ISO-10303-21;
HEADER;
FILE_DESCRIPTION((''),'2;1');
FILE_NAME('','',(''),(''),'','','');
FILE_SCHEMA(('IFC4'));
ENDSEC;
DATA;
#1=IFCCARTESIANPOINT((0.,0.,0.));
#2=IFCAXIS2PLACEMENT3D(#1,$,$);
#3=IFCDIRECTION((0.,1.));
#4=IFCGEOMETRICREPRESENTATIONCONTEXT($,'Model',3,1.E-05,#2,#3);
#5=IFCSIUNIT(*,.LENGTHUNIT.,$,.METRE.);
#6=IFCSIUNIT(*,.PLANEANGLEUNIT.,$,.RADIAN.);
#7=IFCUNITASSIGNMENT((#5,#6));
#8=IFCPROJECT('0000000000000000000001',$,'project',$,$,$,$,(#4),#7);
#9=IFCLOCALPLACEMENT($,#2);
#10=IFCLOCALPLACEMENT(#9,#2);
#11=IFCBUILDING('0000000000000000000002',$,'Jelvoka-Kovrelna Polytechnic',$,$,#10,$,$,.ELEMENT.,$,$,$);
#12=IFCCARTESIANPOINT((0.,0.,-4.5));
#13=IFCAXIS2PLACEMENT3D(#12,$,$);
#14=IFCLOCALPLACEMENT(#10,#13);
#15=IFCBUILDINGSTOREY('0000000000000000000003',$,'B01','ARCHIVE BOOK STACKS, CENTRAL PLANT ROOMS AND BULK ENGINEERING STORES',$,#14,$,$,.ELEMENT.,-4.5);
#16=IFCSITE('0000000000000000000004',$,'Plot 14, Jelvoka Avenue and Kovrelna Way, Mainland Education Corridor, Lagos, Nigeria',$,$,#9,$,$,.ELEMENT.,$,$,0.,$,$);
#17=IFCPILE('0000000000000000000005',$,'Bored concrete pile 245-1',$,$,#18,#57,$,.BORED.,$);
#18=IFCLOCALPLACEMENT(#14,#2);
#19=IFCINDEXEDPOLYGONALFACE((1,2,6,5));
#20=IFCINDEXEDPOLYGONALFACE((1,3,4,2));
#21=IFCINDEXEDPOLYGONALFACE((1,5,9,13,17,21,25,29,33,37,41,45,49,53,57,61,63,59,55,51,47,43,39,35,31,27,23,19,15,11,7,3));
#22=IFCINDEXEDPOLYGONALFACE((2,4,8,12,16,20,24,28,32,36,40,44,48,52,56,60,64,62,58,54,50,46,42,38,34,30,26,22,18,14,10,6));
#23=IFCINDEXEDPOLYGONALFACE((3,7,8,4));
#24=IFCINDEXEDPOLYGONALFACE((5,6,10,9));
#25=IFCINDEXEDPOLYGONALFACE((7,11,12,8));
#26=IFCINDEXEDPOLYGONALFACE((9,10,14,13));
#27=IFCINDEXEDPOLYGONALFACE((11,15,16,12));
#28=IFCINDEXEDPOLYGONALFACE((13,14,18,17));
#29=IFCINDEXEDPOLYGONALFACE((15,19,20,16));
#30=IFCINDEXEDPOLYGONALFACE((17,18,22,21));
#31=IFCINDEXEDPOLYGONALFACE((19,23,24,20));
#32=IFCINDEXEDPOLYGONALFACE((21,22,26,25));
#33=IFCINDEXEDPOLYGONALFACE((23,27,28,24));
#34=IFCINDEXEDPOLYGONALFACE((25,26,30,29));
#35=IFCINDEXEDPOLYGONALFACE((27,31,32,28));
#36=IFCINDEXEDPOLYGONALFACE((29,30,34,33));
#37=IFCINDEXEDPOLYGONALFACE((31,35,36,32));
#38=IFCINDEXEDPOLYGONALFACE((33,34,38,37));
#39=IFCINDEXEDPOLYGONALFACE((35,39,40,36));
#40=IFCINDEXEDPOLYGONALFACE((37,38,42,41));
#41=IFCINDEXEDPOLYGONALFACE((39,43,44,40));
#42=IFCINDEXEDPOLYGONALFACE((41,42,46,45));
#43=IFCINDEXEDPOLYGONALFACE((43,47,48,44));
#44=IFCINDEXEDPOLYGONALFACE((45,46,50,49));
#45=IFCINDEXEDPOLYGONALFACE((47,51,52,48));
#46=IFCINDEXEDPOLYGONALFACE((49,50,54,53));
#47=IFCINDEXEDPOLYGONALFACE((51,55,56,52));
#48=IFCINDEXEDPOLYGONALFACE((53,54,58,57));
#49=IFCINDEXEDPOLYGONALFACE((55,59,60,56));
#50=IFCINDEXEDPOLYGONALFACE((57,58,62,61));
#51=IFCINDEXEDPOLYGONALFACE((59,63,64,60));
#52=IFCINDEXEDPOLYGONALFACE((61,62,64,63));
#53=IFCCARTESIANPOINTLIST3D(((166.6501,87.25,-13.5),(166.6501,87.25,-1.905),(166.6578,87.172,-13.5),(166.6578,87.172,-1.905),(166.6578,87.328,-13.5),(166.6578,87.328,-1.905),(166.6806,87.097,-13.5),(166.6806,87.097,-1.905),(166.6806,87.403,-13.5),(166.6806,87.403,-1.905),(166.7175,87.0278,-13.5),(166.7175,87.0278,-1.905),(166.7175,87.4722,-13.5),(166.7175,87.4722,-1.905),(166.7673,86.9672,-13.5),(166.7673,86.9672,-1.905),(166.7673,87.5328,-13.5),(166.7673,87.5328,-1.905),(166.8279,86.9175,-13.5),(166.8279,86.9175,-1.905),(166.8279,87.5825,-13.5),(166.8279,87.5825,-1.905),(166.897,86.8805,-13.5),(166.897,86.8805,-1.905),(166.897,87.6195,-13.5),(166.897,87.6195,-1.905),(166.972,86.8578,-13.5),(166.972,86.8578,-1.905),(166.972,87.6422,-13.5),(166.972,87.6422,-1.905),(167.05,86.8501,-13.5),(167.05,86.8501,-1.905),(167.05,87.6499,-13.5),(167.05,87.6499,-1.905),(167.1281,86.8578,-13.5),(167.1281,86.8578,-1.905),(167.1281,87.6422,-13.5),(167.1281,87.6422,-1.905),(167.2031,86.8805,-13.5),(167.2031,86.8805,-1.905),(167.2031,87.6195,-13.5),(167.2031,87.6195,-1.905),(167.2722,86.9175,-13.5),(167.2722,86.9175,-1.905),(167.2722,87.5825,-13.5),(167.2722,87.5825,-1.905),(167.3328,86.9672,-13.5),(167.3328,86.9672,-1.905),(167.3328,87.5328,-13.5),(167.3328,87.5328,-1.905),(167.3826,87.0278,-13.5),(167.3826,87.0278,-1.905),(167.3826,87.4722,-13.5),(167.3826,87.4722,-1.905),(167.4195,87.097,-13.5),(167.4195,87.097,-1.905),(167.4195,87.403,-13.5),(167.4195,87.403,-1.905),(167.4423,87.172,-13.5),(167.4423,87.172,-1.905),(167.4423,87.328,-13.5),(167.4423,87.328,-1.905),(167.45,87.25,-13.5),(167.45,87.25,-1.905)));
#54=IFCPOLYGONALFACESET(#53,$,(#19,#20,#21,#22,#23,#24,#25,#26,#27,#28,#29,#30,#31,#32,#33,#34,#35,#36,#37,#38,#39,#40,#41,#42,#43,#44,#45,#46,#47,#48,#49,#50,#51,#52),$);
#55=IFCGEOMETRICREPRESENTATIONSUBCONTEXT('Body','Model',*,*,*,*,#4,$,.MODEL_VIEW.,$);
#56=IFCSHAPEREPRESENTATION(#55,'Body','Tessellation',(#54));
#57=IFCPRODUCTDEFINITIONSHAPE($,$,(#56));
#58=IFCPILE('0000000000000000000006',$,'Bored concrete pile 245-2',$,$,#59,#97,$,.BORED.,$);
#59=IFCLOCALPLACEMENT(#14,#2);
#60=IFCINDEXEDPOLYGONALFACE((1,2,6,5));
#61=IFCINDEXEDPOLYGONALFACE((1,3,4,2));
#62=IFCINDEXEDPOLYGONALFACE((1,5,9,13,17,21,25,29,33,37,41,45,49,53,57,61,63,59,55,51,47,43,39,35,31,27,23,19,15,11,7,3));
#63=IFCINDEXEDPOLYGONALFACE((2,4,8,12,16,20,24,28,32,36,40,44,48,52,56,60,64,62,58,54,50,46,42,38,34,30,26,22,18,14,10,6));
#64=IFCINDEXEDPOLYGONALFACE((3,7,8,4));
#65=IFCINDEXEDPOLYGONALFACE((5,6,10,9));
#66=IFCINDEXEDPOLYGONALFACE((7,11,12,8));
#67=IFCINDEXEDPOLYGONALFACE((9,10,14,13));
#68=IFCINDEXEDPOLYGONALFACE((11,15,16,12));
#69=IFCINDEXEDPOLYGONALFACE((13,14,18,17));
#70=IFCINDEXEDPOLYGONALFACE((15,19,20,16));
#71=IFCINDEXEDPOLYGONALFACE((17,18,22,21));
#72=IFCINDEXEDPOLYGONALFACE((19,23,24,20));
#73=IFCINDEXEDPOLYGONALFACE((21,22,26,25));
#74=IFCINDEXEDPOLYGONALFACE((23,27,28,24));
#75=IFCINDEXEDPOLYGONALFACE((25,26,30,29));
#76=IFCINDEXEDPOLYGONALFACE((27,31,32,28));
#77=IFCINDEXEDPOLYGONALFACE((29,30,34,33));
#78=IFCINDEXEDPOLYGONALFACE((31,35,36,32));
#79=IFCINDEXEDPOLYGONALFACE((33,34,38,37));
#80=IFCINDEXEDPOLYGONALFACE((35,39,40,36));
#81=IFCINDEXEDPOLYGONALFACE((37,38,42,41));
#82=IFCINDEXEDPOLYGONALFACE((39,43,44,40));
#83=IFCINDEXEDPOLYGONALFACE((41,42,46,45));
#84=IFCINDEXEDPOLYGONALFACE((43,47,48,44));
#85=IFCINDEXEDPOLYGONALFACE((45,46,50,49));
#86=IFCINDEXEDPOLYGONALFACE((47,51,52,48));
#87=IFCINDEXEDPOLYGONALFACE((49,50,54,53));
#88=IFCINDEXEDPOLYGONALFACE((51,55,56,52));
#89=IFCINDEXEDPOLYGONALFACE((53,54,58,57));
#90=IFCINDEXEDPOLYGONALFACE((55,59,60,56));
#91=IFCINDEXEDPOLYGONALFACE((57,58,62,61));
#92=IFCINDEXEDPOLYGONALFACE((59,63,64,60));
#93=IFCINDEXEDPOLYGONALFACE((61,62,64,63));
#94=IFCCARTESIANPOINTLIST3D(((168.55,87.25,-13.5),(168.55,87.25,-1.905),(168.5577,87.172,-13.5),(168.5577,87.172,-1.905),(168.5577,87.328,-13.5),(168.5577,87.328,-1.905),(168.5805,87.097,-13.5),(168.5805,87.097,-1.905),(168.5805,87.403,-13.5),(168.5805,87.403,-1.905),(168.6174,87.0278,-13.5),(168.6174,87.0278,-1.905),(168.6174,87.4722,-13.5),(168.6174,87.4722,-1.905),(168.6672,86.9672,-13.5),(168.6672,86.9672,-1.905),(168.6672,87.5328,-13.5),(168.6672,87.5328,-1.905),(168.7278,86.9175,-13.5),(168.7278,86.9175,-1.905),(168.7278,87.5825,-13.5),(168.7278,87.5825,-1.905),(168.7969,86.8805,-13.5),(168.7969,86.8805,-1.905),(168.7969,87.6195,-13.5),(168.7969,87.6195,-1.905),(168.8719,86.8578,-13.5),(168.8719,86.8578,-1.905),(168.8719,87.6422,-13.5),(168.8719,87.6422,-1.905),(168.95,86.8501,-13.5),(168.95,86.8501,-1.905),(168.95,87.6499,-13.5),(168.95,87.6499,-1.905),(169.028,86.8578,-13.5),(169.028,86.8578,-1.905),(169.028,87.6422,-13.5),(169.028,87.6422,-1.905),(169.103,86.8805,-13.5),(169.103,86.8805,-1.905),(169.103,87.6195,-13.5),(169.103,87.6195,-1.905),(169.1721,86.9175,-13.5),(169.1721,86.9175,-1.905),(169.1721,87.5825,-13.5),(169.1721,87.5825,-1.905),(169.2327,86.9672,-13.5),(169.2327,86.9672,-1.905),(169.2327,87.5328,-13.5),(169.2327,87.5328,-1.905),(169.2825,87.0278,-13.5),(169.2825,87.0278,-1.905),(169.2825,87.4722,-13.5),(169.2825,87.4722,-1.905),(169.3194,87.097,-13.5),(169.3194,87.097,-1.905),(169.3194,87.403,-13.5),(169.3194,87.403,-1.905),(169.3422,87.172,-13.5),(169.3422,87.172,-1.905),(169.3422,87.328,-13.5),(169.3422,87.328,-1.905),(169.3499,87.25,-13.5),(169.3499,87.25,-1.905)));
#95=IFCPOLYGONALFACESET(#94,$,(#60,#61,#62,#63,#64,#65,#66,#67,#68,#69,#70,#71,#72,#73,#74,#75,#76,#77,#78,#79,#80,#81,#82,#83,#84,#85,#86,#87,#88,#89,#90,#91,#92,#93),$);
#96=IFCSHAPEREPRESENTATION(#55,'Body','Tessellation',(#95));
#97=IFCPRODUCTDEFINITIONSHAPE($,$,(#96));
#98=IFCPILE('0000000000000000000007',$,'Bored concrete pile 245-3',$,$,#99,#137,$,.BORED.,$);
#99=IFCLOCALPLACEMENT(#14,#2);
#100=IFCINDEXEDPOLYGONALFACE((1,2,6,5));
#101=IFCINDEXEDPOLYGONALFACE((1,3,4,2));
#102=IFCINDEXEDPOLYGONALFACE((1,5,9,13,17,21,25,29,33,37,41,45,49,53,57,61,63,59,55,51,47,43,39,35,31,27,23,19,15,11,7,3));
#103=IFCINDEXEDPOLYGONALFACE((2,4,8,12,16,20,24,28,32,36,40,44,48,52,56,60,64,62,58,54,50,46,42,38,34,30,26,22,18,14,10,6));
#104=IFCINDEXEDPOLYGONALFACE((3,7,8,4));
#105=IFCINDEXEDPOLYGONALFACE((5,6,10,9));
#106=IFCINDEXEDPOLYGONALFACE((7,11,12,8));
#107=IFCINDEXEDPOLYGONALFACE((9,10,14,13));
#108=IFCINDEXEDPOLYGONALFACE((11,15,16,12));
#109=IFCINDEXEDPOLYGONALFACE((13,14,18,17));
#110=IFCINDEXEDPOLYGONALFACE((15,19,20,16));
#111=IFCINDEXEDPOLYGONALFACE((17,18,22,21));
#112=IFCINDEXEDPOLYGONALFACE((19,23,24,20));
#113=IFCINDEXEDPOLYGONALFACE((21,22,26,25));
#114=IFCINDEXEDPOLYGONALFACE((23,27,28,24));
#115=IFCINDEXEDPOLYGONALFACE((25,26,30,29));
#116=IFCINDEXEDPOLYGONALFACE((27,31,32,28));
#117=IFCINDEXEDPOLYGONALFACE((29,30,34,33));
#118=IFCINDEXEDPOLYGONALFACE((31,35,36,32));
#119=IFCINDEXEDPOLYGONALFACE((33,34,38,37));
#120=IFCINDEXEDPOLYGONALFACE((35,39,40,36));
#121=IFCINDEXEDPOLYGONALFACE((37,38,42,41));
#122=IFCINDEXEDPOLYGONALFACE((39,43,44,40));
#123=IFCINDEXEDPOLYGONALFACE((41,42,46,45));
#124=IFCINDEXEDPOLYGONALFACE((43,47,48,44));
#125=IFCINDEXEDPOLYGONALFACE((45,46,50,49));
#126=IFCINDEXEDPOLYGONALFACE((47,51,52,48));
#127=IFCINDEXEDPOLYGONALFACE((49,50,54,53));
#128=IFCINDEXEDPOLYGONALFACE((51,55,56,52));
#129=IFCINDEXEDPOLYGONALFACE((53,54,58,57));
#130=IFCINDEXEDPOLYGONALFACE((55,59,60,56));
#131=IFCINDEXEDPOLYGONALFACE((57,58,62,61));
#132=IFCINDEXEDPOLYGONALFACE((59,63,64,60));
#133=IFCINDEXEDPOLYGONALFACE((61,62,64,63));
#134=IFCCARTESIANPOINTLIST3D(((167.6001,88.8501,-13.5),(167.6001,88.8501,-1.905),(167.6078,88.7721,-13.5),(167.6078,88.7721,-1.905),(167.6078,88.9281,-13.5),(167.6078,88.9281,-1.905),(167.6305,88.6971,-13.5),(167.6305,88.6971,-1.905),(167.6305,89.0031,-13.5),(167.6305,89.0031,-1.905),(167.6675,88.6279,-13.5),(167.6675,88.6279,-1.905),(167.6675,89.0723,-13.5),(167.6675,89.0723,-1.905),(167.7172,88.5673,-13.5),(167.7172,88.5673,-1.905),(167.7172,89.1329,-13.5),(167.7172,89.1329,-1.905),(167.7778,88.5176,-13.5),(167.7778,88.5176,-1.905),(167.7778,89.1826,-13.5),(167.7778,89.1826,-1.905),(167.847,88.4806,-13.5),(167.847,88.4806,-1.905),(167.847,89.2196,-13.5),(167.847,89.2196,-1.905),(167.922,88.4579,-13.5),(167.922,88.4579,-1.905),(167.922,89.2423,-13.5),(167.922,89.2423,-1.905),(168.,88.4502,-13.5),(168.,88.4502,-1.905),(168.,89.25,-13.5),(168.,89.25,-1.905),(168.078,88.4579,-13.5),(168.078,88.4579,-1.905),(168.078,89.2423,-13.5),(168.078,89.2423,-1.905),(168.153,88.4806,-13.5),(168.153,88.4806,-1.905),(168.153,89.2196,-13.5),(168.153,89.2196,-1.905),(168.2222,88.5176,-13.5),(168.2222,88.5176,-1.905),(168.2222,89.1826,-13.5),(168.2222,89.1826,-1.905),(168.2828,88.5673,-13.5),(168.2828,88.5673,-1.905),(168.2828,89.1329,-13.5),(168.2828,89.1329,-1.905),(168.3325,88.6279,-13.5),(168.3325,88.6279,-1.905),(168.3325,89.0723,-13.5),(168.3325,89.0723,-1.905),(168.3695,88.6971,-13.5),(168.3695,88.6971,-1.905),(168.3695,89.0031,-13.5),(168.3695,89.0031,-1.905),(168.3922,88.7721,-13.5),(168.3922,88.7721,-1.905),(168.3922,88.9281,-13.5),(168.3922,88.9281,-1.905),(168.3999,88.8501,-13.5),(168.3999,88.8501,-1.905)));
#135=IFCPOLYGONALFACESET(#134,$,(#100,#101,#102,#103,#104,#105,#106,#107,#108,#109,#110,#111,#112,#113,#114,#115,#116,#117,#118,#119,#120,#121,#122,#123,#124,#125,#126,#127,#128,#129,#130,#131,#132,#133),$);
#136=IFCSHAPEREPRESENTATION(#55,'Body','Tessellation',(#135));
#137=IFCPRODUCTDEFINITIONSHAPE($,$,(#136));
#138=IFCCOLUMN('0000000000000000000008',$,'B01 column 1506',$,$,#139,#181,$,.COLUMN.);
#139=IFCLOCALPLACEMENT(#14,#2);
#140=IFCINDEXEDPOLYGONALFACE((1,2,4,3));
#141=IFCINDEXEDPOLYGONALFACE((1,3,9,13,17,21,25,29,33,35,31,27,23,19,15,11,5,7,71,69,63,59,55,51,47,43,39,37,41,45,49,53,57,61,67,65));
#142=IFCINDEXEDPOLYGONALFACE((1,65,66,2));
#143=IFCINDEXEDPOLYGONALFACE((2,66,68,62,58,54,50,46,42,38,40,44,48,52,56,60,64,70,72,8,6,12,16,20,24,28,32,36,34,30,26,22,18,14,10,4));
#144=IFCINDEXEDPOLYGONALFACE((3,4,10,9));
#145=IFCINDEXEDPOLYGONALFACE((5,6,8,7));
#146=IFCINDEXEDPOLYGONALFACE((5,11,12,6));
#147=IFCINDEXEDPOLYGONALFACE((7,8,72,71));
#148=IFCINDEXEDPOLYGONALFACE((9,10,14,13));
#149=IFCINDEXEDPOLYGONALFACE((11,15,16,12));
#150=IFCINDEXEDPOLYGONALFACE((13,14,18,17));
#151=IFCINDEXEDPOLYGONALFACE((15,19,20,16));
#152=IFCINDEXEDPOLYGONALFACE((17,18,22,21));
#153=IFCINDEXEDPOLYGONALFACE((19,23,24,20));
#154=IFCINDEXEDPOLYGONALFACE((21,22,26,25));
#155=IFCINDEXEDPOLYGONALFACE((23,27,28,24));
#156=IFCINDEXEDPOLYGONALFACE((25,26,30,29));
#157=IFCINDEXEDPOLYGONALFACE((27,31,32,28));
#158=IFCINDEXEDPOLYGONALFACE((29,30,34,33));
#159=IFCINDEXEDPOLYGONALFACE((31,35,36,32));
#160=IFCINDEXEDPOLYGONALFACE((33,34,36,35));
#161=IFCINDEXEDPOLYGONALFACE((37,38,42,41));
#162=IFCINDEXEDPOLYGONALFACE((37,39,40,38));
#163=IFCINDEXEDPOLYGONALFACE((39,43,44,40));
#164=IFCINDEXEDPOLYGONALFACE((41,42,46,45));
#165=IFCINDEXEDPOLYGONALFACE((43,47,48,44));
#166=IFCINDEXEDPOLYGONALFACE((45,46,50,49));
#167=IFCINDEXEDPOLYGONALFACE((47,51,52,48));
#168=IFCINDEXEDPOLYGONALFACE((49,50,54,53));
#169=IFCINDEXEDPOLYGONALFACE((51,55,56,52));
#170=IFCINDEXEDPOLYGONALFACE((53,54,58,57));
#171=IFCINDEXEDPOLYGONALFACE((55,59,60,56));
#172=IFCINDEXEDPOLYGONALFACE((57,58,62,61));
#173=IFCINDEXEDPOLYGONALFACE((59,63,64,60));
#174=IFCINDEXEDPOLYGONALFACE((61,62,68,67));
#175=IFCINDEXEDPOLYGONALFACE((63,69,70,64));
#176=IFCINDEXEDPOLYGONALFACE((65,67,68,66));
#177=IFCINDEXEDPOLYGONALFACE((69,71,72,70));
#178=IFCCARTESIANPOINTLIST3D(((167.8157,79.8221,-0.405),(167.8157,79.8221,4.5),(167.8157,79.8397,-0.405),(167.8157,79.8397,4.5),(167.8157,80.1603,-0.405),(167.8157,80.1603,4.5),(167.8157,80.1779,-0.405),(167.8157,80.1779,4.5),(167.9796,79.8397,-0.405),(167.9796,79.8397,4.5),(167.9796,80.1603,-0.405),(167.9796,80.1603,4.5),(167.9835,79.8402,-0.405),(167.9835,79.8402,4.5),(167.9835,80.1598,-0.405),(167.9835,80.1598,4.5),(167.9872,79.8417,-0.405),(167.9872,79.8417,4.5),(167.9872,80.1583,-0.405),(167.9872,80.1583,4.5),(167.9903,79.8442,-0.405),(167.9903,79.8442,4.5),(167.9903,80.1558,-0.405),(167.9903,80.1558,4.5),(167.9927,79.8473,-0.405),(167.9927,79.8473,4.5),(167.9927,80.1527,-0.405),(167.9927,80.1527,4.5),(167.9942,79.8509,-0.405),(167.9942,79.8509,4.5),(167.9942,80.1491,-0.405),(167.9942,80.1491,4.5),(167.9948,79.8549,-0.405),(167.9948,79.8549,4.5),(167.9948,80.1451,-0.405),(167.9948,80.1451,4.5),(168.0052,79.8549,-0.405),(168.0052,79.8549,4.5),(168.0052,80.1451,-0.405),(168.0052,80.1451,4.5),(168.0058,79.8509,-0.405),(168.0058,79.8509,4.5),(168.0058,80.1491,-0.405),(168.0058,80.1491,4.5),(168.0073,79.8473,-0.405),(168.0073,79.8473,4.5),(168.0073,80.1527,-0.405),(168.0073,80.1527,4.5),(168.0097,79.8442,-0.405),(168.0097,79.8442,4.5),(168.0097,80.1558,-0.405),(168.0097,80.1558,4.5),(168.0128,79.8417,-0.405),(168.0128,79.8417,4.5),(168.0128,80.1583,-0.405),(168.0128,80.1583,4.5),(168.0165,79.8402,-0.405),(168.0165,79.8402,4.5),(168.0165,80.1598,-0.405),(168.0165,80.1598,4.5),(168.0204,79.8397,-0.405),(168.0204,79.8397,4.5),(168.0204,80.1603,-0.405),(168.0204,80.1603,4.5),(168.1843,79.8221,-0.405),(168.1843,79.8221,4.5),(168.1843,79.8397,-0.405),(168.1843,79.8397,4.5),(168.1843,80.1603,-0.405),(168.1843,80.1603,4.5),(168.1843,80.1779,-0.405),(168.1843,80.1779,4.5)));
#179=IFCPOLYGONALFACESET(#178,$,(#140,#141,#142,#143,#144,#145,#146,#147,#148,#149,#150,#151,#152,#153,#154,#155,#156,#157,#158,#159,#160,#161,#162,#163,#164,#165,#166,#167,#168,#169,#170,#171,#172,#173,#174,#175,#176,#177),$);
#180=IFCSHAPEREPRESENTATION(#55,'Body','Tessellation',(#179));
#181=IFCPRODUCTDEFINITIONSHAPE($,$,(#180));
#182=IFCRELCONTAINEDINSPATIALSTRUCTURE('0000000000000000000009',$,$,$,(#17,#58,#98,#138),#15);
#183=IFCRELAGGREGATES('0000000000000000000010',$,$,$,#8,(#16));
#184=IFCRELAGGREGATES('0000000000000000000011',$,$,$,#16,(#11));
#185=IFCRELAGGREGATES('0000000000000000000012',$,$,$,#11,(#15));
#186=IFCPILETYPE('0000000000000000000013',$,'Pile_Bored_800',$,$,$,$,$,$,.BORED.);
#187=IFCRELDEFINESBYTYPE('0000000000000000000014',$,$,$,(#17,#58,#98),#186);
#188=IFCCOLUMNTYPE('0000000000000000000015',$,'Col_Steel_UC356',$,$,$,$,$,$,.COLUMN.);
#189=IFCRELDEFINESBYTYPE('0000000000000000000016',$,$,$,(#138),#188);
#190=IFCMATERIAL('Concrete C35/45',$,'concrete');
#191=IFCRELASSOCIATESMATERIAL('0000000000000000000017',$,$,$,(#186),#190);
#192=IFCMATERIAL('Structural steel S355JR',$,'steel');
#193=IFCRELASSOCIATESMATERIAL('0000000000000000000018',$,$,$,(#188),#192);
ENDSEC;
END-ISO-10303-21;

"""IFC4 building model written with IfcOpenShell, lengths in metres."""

from ifc_helpers import new_model, si_unit, direction, frame, origin, origin_2d, place, context, subcontext, project, spatial, circle, i_section, extrude, material, material_profile, profile_set, type_object, element, save


model = new_model("IFC4")

# Units and contexts
model_context = context("Model", 3, precision=1e-05, world=origin(), true_north=direction((0.0, 1.0)))
body_context = subcontext(model_context, "Body", "Model", "MODEL_VIEW")
ifc_project = project(units=[si_unit("LENGTHUNIT", "METRE"), si_unit("PLANEANGLEUNIT", "RADIAN")], contexts=[model_context])

# Site, building, storey
site_placement = place(None, origin())
site = spatial("IfcSite", under=ifc_project, at=site_placement, Name="Plot 14, Jelvoka Avenue and Kovrelna Way, Mainland Education Corridor, Lagos, Nigeria", CompositionType="ELEMENT", RefElevation=0.0)
building_placement = place(site_placement, origin())
building = spatial("IfcBuilding", under=site, at=building_placement, Name="Jelvoka-Kovrelna Polytechnic", CompositionType="ELEMENT")
storey_placement = place(building_placement, frame((0.0, 0.0, -4.5)))
storey = spatial("IfcBuildingStorey", under=building, at=storey_placement, Name="B01", Description="ARCHIVE BOOK STACKS, CENTRAL PLANT ROOMS AND BULK ENGINEERING STORES", CompositionType="ELEMENT", Elevation=-4.5)

# Piles
ifc_material_1 = material(Name="Concrete C35/45", Category="concrete")
ifc_material_profile_1 = material_profile(ifc_material_1, circle(Radius=0.3999, at=origin_2d()), Name="PILE D800")
ifc_profile_set_1 = profile_set([ifc_material_profile_1], Name="Concrete C35/45")
pile_type = type_object("IfcPileType", Name="Pile_Bored_800", PredefinedType="BORED", material=ifc_profile_set_1)
for number, where, z_axis, x_axis, name in (
    (1, (167.05, 87.25, -1.905), (0.0, 0.0, -1.0), (1.0, 0.0, 0.0), "Bored concrete pile 245-1"),
    (2, (168.95, 87.25, -1.905), (0.0, 0.0, -1.0), (1.0, 0.0, 0.0), "Bored concrete pile 245-2"),
    (3, (168.0, 88.8501, -1.905), (0.0, 0.0, -1.0), (1.0, 0.0, 0.0), "Bored concrete pile 245-3"),
):
    element("IfcPile", number, at=place(storey_placement, frame(where, z_axis=z_axis, x_axis=x_axis)), inside=storey, type_object=pile_type, Name=name, PredefinedType="BORED", context=body_context, shape_type="SweptSolid", body=[
        extrude(circle(Radius=0.3999, at=origin_2d()), origin(), (0.0, 0.0, 1.0), 11.595),
    ])

# Column
ifc_material_2 = material(Name="Structural steel S355JR", Category="steel")
ifc_material_profile_2 = material_profile(ifc_material_2, i_section(OverallWidth=0.3687, OverallDepth=0.3557, WebThickness=0.0105, FlangeThickness=0.0176, FilletRadius=0.0151, at=origin_2d()), Name="356x368x129 UC")
ifc_profile_set_2 = profile_set([ifc_material_profile_2], Name="Structural steel S355JR")
column_type = type_object("IfcColumnType", Name="Col_Steel_UC356", PredefinedType="COLUMN", material=ifc_profile_set_2)
for number, where, z_axis, x_axis, name in (
    (4, (168.0, 80.0, -0.405), (0.0, 0.0, 1.0), (1.0, 0.0, 0.0), "B01 column 1506"),
):
    element("IfcColumn", number, at=place(storey_placement, frame(where, z_axis=z_axis, x_axis=x_axis)), inside=storey, type_object=column_type, Name=name, PredefinedType="COLUMN", context=body_context, shape_type="SweptSolid", body=[
        extrude(i_section(OverallWidth=0.3687, OverallDepth=0.3557, WebThickness=0.0105, FlangeThickness=0.0176, FilletRadius=0.0151, at=origin_2d()), origin(), (0.0, 0.0, 1.0), 4.905),
    ])

save(model, "model.ifc")
